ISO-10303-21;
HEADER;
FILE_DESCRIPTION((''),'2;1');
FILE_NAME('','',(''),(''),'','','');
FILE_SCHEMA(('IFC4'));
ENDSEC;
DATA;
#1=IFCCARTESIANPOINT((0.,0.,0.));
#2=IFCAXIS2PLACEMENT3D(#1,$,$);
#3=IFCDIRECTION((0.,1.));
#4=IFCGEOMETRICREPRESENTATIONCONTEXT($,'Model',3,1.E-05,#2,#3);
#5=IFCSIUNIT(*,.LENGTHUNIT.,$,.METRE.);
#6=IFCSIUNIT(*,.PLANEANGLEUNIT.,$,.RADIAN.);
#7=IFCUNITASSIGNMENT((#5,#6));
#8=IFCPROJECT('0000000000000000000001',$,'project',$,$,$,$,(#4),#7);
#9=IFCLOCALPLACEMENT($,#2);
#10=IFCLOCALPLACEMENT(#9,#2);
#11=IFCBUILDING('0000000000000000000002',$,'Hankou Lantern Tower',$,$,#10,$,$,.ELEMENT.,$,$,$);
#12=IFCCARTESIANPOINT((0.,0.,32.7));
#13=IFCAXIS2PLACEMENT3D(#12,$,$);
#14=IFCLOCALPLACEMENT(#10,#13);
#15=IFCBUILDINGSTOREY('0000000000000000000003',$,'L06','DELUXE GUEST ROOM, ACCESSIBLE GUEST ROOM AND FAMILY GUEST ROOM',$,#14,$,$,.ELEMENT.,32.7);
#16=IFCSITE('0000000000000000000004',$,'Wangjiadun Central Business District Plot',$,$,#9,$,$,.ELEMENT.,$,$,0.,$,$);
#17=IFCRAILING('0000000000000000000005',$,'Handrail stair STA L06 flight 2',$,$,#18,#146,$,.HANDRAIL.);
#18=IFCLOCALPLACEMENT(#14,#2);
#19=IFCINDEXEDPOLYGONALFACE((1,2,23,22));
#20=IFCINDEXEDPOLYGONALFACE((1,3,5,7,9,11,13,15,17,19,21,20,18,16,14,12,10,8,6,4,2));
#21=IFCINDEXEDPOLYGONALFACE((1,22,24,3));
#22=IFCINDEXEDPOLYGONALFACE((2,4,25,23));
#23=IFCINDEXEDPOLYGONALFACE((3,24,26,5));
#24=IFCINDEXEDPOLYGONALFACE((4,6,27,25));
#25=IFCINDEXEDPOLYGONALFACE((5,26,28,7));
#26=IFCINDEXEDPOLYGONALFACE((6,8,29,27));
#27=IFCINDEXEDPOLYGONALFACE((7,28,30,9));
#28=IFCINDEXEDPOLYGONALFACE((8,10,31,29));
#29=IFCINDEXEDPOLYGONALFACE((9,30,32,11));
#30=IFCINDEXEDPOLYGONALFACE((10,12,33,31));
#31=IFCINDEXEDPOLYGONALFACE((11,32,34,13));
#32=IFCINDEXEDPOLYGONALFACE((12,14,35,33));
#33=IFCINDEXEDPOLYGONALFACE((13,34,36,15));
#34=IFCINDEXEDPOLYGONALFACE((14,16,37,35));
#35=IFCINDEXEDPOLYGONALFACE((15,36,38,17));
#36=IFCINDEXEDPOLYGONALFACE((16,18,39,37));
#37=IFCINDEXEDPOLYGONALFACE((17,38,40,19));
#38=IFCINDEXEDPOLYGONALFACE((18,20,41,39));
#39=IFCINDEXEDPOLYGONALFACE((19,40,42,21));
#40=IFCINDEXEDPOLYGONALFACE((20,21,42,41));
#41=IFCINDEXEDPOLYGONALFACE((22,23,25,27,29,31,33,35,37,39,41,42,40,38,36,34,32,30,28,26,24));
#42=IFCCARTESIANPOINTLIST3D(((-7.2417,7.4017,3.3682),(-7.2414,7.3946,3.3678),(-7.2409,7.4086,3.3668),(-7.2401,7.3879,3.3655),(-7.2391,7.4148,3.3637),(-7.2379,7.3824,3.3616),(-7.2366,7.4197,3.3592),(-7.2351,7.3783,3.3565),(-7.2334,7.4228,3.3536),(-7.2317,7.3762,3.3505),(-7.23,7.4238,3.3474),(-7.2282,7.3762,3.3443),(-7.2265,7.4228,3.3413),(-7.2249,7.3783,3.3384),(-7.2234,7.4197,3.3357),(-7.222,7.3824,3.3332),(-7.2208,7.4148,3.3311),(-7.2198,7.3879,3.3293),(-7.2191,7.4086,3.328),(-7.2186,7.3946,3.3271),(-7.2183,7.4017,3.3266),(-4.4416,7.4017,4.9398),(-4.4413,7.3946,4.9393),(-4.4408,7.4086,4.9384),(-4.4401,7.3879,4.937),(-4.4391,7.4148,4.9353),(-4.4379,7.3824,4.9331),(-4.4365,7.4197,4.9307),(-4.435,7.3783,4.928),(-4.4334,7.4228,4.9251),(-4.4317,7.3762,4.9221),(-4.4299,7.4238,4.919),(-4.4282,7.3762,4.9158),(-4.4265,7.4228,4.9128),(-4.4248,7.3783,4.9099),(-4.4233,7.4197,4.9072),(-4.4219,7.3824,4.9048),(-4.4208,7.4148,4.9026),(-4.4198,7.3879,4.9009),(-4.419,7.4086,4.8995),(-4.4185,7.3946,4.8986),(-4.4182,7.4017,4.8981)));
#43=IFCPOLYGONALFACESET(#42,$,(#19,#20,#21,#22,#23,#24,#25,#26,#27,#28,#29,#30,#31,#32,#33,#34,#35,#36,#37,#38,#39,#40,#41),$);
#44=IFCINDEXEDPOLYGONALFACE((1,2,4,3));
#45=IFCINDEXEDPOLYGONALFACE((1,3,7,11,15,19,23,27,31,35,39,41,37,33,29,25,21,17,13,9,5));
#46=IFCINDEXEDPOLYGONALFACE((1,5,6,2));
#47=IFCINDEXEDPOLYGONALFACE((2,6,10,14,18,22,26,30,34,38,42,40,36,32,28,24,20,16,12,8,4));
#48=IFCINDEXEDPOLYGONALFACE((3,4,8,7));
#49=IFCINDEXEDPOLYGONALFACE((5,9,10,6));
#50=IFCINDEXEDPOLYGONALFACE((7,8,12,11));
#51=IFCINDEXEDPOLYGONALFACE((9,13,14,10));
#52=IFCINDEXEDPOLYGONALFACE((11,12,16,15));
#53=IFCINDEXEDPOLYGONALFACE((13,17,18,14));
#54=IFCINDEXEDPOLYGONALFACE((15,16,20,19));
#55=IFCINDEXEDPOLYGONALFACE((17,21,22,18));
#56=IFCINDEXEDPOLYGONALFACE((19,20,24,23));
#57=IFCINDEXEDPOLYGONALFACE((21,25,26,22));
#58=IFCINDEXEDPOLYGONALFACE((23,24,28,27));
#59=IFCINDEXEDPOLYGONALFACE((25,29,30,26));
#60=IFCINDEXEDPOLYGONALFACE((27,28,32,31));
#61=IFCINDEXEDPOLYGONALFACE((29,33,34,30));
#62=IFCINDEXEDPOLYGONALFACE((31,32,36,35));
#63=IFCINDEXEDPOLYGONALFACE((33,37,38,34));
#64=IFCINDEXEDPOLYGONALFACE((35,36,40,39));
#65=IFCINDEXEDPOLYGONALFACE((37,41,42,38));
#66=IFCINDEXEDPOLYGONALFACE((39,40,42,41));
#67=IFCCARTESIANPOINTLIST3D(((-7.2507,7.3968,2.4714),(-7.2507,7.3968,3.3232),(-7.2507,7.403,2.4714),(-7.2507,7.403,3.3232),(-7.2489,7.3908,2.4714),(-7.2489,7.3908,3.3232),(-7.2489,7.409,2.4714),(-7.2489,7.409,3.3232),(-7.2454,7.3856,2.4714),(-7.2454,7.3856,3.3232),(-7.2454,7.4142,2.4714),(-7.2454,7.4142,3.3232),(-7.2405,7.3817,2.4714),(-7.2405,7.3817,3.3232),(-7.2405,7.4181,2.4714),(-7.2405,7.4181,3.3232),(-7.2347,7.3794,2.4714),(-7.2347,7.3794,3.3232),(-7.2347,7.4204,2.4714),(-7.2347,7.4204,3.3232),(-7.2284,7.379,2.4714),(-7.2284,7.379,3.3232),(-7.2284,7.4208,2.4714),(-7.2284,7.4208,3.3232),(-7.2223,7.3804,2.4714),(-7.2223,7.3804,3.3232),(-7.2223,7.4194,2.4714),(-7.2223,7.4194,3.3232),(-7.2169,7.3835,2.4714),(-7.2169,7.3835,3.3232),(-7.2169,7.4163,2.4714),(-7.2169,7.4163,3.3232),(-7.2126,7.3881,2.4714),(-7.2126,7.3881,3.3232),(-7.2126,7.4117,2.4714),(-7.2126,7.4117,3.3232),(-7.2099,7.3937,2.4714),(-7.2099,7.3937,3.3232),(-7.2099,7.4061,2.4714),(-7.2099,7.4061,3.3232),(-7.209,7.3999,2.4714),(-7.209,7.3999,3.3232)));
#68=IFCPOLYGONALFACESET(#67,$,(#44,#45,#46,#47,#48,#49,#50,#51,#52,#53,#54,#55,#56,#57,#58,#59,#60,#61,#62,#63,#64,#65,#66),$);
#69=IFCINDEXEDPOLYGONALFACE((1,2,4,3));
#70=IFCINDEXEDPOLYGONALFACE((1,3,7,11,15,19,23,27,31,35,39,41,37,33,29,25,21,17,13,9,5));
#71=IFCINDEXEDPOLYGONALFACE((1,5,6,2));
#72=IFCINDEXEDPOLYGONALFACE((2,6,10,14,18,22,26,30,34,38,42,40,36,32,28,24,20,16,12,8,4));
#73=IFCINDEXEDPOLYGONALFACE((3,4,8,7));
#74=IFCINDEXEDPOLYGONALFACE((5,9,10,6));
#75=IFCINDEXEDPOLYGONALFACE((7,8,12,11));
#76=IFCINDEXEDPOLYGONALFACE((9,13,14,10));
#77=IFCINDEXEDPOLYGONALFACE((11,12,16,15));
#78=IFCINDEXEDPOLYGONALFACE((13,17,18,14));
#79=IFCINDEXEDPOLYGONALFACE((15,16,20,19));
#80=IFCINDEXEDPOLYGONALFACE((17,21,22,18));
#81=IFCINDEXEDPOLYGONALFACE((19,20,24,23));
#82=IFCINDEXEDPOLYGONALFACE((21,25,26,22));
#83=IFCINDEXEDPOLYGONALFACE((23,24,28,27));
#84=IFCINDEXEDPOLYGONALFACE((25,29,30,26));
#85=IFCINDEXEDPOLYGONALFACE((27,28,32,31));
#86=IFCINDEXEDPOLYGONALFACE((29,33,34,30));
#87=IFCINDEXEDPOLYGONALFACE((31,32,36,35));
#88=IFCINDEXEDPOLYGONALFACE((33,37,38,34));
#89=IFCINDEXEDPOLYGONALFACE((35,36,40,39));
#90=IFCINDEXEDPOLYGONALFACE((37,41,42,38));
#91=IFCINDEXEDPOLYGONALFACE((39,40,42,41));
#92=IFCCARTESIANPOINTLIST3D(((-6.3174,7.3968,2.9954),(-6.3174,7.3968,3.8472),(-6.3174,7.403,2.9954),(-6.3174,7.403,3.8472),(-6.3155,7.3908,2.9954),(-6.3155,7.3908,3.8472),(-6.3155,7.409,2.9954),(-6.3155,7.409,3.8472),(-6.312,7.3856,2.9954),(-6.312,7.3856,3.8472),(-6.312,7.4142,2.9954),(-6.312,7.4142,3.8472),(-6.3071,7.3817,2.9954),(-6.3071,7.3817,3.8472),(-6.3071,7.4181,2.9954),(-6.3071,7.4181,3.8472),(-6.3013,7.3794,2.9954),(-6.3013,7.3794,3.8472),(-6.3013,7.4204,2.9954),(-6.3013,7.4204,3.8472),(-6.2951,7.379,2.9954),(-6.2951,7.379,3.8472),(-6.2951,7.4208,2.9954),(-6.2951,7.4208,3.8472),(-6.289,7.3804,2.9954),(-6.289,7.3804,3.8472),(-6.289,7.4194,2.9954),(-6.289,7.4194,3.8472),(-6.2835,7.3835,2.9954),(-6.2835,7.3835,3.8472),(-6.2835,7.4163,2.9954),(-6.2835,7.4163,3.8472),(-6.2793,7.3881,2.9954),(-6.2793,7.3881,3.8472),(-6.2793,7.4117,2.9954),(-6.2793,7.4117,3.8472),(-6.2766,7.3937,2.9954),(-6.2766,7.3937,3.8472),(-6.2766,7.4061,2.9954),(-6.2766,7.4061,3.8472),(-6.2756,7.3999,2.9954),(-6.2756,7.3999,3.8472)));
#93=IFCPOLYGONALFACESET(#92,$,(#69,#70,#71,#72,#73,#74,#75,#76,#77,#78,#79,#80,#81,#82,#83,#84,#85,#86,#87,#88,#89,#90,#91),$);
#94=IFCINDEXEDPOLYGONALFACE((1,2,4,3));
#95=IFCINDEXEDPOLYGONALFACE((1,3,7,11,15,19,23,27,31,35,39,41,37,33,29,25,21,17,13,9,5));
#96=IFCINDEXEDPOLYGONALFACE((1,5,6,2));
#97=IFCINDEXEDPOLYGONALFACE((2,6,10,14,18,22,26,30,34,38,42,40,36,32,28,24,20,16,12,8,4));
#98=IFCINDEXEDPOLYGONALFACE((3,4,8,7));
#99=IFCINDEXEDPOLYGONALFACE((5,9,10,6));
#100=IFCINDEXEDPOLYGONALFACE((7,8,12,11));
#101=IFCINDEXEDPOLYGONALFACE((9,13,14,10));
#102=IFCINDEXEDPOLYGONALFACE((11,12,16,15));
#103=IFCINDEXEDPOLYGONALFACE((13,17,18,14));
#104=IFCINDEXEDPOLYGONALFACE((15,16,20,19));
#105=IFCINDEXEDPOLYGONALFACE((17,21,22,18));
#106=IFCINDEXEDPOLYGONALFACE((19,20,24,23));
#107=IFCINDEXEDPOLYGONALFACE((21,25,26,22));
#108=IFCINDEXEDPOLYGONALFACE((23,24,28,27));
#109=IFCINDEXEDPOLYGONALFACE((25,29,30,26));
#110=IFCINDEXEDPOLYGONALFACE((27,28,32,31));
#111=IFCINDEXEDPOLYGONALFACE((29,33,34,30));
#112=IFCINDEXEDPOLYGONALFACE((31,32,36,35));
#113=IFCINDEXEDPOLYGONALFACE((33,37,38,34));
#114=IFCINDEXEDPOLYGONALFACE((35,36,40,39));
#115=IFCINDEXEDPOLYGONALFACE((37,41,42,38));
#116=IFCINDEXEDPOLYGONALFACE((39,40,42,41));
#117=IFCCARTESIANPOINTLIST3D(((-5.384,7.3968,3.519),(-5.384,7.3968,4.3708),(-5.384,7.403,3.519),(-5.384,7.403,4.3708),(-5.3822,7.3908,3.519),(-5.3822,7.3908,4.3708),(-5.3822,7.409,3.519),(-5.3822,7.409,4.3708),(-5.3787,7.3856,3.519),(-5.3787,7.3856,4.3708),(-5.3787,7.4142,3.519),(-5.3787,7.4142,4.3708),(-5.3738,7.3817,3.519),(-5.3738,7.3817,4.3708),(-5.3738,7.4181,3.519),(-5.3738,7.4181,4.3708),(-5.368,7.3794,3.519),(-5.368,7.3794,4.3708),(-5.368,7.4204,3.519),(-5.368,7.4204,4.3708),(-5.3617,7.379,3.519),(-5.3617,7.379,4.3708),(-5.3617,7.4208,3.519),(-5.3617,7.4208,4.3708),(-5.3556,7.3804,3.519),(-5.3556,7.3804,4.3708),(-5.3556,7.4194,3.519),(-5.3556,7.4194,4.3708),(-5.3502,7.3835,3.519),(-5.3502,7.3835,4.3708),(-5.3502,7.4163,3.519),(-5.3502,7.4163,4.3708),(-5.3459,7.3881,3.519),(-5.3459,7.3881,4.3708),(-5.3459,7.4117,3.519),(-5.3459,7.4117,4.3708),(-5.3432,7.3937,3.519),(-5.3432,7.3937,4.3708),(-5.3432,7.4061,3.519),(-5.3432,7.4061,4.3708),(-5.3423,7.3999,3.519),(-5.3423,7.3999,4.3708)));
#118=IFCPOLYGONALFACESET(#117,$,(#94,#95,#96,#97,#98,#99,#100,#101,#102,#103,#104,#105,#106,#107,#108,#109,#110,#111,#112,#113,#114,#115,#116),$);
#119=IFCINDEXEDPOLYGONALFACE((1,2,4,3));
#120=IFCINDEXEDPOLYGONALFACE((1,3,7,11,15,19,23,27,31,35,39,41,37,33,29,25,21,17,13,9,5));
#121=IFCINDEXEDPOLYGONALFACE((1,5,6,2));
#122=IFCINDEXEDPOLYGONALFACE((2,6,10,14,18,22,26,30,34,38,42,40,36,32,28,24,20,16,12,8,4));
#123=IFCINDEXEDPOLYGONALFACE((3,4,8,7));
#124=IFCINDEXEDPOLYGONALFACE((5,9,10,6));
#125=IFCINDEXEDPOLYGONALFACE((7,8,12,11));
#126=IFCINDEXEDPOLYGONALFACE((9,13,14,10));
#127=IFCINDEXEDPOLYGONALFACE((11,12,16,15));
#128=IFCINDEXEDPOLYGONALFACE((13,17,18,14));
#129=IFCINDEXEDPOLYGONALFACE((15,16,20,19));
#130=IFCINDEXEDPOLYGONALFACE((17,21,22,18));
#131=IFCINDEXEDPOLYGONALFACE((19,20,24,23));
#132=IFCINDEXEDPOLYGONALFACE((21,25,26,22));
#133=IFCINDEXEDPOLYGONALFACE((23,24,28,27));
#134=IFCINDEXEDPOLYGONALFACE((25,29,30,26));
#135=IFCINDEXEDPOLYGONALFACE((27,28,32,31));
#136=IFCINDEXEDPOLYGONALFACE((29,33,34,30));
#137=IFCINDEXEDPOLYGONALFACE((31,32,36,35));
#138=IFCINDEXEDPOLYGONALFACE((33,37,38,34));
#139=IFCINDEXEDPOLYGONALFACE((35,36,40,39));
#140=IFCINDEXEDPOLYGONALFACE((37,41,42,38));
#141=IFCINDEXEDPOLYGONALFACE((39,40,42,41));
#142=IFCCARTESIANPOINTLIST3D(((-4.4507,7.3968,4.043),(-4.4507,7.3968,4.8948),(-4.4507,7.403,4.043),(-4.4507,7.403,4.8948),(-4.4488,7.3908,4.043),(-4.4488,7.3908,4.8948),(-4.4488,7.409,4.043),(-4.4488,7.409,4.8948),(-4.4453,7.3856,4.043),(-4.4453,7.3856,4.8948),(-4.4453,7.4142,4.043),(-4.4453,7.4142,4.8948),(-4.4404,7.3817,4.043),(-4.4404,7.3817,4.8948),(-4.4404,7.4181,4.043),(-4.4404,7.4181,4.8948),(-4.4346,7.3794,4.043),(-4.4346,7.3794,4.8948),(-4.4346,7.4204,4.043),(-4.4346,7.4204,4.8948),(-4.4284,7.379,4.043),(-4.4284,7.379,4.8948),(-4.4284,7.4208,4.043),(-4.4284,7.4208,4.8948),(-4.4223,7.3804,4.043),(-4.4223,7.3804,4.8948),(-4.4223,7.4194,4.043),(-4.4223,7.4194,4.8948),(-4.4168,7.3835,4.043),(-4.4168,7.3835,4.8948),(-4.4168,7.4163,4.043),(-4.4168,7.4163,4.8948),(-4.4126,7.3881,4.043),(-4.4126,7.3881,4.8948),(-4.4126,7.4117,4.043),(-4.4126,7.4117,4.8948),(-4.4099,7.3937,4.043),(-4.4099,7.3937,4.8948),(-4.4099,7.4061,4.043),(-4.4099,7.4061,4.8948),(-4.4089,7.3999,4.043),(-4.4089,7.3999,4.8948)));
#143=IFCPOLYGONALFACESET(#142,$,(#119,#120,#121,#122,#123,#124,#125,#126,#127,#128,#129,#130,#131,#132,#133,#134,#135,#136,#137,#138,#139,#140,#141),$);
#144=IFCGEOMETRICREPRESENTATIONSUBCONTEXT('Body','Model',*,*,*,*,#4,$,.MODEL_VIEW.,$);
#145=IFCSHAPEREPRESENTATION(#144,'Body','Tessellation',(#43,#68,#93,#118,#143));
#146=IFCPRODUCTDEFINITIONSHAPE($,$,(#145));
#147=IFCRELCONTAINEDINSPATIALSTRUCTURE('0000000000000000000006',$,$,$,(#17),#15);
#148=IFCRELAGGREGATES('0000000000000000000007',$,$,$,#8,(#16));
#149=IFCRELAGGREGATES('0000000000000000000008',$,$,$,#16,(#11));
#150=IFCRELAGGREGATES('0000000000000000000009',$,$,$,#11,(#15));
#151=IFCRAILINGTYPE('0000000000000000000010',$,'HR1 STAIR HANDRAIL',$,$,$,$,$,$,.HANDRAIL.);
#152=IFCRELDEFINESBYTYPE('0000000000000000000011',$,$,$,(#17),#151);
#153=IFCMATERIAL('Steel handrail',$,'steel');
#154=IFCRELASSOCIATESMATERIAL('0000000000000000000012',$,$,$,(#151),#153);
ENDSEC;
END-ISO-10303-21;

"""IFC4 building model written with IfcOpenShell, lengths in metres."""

from ifc_helpers import new_model, si_unit, direction, frame, origin, origin_2d, place, context, subcontext, project, spatial, circle, extrude, material, type_object, element, save


model = new_model("IFC4")

# Units and contexts
model_context = context("Model", 3, precision=1e-05, world=origin(), true_north=direction((0.0, 1.0)))
body_context = subcontext(model_context, "Body", "Model", "MODEL_VIEW")
ifc_project = project(units=[si_unit("LENGTHUNIT", "METRE"), si_unit("PLANEANGLEUNIT", "RADIAN")], contexts=[model_context])

# Site, building, storey
site_placement = place(None, origin())
site = spatial("IfcSite", under=ifc_project, at=site_placement, Name="Wangjiadun Central Business District Plot", CompositionType="ELEMENT", RefElevation=0.0)
building_placement = place(site_placement, origin())
building = spatial("IfcBuilding", under=site, at=building_placement, Name="Hankou Lantern Tower", CompositionType="ELEMENT")
storey_placement = place(building_placement, frame((0.0, 0.0, 32.7)))
storey = spatial("IfcBuildingStorey", under=building, at=storey_placement, Name="L06", Description="DELUXE GUEST ROOM, ACCESSIBLE GUEST ROOM AND FAMILY GUEST ROOM", CompositionType="ELEMENT", Elevation=32.7)

# Railing
ifc_material_1 = material(Name="Steel handrail", Category="steel")
railing_type = type_object("IfcRailingType", Name="HR1 STAIR HANDRAIL", PredefinedType="HANDRAIL", material=ifc_material_1)
railing_1_placement = place(storey_placement, frame((-7.23, 7.3999, 2.4714)))
element("IfcRailing", 1, at=railing_1_placement, inside=storey, type_object=railing_type, Name="Handrail stair STA L06 flight 2", PredefinedType="HANDRAIL", context=body_context, shape_type="SweptSolid", body=[
    extrude(circle(Radius=0.0239, at=origin_2d()), frame((0.0, 0.0, 0.876), z_axis=(0.87204, 0.0, 0.489434), x_axis=(0.0, 1.0, 0.0)), (0.0, 0.0, 1.0), 3.2109),
    extrude(circle(Radius=0.021, at=origin_2d()), origin(), (0.0, 0.0, 1.0), 0.8518),
    extrude(circle(Radius=0.021, at=origin_2d()), frame((0.9333, 0.0, 0.5239)), (0.0, 0.0, 1.0), 0.8518),
    extrude(circle(Radius=0.021, at=origin_2d()), frame((1.8667, 0.0, 1.0476)), (0.0, 0.0, 1.0), 0.8518),
    extrude(circle(Radius=0.021, at=origin_2d()), frame((2.8, 0.0, 1.5715)), (0.0, 0.0, 1.0), 0.8518),
])

save(model, "model.ifc")
